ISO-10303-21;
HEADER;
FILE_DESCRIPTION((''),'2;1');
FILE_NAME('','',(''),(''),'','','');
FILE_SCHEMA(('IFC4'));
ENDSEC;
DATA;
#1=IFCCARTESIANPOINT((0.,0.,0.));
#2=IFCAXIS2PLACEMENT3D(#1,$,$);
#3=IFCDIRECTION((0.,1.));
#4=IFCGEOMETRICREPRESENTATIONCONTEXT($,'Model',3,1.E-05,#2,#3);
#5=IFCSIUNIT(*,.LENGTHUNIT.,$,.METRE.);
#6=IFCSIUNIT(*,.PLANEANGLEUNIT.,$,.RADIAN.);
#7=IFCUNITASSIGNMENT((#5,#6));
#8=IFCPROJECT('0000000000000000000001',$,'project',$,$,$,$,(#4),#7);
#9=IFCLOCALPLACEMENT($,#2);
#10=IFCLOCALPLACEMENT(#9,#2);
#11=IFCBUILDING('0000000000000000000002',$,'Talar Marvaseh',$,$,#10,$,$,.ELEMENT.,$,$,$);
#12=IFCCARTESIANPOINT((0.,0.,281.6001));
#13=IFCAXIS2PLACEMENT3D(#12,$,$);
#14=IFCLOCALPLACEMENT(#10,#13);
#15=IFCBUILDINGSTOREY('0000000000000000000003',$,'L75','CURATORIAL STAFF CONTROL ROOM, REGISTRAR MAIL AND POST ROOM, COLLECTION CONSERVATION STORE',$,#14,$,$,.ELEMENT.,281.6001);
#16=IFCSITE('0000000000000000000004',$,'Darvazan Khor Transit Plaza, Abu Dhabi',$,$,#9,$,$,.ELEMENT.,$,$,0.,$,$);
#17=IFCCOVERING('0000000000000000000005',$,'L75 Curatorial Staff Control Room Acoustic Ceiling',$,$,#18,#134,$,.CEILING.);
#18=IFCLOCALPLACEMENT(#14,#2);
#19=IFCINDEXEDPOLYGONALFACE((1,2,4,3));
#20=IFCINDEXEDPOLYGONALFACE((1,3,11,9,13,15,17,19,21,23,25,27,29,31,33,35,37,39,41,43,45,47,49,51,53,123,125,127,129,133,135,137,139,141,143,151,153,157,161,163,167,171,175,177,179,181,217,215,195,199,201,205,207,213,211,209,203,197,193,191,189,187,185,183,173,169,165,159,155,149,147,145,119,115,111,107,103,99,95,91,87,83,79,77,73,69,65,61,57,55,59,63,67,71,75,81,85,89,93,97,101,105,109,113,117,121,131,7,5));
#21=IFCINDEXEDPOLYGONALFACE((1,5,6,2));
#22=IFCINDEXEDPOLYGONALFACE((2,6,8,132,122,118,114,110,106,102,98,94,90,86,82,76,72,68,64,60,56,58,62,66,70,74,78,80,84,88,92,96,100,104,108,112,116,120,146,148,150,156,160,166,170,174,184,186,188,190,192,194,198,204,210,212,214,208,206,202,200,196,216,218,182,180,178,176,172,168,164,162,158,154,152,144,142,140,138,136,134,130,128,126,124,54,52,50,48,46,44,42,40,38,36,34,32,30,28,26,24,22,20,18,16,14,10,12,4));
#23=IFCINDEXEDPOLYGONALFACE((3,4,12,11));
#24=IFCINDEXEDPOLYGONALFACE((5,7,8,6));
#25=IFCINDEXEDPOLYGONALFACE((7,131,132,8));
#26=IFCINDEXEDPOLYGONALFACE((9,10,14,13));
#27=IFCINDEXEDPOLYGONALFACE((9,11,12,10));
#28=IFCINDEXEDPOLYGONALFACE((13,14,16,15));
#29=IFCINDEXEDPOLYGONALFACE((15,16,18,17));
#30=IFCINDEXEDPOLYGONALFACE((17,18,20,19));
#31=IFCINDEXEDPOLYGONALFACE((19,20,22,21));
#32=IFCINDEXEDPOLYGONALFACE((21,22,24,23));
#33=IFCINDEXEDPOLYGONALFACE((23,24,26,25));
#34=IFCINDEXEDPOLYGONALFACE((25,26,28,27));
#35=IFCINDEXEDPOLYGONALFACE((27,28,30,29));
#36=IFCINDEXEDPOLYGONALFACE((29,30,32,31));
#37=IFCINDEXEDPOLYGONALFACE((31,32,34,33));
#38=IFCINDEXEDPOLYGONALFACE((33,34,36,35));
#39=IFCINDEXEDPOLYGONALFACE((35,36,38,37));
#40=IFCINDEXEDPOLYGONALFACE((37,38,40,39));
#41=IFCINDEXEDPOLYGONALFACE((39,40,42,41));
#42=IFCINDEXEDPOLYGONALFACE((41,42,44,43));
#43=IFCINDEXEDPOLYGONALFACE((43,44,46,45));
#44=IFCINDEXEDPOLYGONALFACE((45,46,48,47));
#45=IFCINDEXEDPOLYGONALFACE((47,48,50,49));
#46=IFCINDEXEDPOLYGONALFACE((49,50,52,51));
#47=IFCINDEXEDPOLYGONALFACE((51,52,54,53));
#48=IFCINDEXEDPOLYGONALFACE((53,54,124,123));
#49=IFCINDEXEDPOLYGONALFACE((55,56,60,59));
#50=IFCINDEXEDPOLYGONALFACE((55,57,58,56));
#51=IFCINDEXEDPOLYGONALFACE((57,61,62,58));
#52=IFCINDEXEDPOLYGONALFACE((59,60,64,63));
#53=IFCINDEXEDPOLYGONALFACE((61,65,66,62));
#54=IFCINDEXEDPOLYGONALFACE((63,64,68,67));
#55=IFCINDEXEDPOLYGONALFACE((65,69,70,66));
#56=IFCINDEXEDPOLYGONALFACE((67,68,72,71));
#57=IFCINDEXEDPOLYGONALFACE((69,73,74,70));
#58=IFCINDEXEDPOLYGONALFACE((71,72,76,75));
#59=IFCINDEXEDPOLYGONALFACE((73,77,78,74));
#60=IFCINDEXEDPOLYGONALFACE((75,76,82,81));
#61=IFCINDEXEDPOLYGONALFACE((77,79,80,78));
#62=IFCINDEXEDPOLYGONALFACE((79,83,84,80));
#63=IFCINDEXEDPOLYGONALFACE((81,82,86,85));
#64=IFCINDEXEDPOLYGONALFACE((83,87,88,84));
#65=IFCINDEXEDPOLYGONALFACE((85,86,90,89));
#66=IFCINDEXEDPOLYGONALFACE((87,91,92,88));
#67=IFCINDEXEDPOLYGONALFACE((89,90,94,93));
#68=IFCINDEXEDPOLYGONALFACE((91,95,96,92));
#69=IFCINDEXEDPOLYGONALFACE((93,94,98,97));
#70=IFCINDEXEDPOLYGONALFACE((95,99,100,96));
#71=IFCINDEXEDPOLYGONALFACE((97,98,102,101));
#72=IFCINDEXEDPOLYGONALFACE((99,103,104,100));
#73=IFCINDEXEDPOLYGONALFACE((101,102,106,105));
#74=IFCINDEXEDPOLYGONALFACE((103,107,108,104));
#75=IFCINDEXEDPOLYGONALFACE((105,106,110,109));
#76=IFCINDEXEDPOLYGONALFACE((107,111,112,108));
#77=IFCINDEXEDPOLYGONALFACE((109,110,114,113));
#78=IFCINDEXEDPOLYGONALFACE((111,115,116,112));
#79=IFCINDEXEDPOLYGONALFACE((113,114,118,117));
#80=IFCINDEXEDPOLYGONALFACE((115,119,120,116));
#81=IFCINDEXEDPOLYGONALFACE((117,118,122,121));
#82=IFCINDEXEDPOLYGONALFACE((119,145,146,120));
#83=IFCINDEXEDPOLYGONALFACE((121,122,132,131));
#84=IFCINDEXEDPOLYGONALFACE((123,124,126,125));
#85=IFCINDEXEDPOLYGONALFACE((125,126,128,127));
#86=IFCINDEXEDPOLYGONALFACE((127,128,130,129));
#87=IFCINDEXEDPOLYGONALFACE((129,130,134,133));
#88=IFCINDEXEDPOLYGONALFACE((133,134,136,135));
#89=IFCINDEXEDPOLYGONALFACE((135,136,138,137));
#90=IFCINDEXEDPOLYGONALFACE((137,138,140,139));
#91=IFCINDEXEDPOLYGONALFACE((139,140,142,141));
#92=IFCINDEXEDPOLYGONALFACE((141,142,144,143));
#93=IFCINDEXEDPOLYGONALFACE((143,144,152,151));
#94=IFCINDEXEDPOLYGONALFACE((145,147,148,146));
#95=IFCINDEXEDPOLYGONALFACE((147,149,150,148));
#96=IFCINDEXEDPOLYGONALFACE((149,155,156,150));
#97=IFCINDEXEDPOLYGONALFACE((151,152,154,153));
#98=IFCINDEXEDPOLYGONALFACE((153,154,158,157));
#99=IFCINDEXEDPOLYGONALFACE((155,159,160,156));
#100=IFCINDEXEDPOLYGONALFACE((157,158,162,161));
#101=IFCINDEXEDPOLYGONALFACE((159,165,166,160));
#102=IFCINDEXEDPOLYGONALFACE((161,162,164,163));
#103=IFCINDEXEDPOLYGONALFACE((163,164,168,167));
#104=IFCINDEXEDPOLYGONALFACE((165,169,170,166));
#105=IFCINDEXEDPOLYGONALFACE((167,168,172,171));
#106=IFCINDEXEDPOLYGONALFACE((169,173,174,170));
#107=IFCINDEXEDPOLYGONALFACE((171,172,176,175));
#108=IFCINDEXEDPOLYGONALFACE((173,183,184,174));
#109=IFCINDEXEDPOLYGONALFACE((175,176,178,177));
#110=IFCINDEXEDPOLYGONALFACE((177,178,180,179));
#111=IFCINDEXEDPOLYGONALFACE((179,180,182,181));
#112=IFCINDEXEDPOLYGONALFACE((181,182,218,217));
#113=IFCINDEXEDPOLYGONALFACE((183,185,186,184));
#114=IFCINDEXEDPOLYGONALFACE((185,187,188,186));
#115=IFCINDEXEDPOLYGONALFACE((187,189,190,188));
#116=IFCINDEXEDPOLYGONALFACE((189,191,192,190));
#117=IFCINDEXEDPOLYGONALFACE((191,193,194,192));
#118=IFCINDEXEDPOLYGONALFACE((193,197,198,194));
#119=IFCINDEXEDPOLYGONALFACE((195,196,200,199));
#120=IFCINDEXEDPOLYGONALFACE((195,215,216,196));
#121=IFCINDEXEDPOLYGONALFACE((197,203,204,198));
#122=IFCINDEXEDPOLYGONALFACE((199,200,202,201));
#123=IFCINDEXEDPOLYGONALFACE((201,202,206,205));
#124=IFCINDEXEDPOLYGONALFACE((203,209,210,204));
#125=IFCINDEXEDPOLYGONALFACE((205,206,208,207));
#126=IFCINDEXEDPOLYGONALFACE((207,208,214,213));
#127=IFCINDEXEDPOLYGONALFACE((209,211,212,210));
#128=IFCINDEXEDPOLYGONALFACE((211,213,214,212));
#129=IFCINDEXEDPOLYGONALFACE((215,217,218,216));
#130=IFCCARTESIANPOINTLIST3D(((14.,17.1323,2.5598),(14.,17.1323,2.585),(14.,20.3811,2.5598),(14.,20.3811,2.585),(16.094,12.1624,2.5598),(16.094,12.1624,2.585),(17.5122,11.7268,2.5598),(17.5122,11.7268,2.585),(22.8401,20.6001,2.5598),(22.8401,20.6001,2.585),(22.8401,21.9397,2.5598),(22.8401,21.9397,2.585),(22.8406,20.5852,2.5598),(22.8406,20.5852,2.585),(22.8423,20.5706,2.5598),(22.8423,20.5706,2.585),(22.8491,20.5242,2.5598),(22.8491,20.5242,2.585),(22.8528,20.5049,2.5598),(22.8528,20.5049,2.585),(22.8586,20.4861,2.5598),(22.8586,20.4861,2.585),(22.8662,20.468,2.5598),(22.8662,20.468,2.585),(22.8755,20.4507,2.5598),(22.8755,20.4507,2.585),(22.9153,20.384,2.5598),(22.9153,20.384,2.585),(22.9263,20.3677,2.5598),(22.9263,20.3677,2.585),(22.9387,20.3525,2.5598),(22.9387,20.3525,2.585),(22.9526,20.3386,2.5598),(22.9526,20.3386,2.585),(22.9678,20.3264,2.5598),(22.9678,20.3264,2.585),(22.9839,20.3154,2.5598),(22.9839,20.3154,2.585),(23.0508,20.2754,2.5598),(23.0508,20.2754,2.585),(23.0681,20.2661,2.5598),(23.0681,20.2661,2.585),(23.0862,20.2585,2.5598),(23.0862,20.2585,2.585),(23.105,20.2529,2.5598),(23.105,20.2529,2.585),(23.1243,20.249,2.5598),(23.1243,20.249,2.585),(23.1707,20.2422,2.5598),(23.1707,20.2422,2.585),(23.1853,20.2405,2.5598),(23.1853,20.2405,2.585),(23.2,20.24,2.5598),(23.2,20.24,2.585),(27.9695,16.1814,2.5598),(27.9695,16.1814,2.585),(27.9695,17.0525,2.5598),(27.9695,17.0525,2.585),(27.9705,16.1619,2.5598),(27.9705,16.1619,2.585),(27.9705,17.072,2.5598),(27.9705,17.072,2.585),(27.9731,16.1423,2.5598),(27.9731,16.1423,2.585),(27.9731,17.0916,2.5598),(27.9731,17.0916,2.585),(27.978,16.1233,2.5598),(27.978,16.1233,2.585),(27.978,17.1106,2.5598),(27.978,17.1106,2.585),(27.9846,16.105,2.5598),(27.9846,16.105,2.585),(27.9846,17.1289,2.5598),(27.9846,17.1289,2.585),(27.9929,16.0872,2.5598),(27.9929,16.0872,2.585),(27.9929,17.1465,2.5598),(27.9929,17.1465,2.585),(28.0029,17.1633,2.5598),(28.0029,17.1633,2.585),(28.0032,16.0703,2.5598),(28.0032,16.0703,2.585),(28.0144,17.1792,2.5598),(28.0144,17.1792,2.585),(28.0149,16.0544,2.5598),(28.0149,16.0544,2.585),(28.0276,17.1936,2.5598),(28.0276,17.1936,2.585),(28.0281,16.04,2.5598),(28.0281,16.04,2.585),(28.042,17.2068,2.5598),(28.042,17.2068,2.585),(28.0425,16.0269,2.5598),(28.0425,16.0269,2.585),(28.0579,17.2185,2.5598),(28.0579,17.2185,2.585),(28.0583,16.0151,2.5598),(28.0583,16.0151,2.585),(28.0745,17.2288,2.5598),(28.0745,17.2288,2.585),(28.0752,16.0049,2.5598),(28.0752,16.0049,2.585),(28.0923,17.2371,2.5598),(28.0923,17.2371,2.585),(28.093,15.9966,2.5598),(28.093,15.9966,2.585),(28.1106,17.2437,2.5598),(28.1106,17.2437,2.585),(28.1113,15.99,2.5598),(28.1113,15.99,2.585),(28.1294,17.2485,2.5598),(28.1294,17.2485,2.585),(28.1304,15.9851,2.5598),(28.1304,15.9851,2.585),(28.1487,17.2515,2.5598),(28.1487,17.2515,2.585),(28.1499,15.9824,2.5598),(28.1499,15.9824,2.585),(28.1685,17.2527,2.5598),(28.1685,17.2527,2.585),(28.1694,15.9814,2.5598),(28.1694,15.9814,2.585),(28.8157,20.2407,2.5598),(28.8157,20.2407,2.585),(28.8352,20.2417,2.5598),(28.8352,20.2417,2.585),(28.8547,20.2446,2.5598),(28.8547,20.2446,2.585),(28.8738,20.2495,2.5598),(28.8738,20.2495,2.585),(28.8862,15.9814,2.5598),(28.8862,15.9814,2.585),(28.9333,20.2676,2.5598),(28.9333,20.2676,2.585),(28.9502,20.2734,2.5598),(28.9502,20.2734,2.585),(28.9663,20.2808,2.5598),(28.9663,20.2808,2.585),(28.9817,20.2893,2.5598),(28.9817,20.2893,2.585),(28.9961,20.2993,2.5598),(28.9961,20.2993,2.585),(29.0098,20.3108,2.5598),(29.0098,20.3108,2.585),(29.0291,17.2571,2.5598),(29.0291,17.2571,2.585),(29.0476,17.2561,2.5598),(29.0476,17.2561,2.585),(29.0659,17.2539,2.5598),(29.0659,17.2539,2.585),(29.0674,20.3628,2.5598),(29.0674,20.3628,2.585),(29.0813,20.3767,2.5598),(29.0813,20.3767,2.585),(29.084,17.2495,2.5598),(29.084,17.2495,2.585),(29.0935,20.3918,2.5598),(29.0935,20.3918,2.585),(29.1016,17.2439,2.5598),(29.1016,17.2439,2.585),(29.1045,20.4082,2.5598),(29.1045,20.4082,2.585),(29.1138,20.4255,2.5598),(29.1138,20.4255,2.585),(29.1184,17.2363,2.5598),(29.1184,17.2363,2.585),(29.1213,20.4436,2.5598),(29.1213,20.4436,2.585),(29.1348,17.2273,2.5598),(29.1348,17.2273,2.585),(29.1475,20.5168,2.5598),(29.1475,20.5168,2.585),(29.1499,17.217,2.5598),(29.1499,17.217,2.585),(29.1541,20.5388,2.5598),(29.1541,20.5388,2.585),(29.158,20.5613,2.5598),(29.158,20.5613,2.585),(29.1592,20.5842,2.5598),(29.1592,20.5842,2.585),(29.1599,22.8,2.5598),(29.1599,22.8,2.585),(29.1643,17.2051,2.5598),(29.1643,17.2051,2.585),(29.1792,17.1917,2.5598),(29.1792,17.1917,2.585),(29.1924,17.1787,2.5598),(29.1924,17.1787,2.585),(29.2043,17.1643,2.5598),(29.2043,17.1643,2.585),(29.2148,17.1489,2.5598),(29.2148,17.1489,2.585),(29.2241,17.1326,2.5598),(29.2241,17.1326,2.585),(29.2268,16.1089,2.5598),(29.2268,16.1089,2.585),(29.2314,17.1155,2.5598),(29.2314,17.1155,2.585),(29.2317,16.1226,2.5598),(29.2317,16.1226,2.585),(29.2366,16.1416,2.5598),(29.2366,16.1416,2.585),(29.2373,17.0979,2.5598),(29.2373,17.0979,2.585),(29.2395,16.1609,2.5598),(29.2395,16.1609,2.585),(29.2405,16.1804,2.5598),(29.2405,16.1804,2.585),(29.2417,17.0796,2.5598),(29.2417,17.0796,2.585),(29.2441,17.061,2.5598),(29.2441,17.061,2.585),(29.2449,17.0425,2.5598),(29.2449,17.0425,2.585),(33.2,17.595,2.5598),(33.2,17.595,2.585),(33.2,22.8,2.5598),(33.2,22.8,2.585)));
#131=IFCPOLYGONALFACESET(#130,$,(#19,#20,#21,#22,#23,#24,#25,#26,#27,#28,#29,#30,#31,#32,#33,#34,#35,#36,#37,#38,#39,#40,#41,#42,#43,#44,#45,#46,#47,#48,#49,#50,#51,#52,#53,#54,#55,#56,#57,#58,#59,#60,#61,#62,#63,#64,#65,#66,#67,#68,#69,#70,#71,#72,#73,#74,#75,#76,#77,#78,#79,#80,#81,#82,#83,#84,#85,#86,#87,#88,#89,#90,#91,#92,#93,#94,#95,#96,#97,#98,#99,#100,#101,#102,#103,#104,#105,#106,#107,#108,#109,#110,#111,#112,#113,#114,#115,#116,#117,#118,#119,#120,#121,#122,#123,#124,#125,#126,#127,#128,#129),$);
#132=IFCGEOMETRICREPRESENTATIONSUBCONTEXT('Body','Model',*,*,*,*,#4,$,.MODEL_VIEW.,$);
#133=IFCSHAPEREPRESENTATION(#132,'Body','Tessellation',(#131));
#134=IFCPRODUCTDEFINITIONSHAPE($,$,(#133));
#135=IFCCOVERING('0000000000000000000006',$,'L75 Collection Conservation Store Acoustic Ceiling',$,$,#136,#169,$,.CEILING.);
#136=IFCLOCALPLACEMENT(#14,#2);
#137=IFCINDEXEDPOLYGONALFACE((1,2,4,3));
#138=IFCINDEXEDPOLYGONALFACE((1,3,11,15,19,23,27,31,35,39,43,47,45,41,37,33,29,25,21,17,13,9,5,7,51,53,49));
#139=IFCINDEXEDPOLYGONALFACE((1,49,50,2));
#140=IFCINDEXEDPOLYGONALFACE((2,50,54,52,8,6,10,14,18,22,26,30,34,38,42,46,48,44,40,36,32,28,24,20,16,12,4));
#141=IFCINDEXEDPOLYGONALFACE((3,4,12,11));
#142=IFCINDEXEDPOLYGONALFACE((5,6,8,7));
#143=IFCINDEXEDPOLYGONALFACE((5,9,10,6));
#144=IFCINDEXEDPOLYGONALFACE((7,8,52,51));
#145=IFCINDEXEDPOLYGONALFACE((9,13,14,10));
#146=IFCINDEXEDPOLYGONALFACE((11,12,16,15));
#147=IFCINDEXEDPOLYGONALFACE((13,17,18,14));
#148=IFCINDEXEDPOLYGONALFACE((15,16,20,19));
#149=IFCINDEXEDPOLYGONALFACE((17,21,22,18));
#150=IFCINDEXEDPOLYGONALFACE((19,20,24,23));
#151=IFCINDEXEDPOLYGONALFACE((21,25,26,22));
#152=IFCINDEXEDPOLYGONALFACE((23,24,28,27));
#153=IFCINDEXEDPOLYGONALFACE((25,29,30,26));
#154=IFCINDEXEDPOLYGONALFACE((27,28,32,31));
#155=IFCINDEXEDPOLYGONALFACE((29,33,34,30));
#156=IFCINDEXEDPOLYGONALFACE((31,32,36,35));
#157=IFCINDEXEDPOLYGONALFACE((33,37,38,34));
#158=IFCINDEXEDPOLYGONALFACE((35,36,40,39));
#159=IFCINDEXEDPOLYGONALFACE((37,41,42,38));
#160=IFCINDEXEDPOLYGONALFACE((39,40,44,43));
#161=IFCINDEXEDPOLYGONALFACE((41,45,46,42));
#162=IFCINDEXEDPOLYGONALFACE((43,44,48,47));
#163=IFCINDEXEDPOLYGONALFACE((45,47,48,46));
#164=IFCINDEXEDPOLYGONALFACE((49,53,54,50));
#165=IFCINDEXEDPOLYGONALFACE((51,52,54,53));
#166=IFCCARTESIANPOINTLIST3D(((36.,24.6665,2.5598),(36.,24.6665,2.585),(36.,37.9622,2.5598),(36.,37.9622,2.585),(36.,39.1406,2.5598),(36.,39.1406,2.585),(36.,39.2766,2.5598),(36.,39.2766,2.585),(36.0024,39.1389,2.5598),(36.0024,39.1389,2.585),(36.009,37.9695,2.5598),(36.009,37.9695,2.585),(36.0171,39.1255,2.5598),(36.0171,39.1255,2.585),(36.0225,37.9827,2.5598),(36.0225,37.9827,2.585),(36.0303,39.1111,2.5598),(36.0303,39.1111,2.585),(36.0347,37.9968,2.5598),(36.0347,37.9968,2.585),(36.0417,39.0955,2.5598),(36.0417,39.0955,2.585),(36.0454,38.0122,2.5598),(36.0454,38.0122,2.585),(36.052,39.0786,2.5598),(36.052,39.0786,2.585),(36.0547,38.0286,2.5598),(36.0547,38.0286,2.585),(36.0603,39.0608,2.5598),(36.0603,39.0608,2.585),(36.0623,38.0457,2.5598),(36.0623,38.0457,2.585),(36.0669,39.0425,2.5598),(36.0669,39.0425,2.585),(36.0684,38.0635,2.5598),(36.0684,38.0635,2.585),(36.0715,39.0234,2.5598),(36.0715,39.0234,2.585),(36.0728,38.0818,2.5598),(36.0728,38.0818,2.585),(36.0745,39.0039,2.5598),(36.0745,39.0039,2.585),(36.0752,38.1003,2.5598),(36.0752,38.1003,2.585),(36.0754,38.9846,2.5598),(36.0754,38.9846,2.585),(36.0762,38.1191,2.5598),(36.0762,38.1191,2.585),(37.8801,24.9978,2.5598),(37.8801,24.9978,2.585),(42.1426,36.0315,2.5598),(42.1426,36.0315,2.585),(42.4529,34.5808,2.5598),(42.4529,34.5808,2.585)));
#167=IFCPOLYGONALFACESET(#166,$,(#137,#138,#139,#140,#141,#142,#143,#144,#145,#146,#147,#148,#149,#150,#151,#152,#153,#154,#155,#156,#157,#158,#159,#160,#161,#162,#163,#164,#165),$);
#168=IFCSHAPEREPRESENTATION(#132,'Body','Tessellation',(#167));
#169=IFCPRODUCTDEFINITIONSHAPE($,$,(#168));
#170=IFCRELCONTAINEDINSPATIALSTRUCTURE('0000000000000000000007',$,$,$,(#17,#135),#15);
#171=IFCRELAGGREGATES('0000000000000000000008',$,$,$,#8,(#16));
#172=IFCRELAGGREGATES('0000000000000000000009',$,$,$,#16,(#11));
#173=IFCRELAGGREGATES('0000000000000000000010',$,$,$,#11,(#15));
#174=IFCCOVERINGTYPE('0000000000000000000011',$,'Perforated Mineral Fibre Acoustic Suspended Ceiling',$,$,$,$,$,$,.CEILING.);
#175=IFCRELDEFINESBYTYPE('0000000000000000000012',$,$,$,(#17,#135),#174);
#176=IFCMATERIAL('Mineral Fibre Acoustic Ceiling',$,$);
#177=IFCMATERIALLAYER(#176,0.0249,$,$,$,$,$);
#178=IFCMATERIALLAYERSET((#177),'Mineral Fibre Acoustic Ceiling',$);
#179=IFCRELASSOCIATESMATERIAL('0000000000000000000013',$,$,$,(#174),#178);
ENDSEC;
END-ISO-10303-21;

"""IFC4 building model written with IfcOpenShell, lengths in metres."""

from ifc_helpers import new_model, si_unit, direction, frame, origin, place, context, subcontext, project, spatial, polyline, outline, extrude, material, layer, layer_set, type_object, element, save


model = new_model("IFC4")

# Units and contexts
model_context = context("Model", 3, precision=1e-05, world=origin(), true_north=direction((0.0, 1.0)))
body_context = subcontext(model_context, "Body", "Model", "MODEL_VIEW")
ifc_project = project(units=[si_unit("LENGTHUNIT", "METRE"), si_unit("PLANEANGLEUNIT", "RADIAN")], contexts=[model_context])

# Site, building, storey
site_placement = place(None, origin())
site = spatial("IfcSite", under=ifc_project, at=site_placement, Name="Darvazan Khor Transit Plaza, Abu Dhabi", CompositionType="ELEMENT", RefElevation=0.0)
building_placement = place(site_placement, origin())
building = spatial("IfcBuilding", under=site, at=building_placement, Name="Talar Marvaseh", CompositionType="ELEMENT")
storey_placement = place(building_placement, frame((0.0, 0.0, 281.6001)))
storey = spatial("IfcBuildingStorey", under=building, at=storey_placement, Name="L75", Description="CURATORIAL STAFF CONTROL ROOM, REGISTRAR MAIL AND POST ROOM, COLLECTION CONSERVATION STORE", CompositionType="ELEMENT", Elevation=281.6001)

# Coverings
ifc_material_1 = material(Name="Mineral Fibre Acoustic Ceiling")
ifc_layer_1 = layer(ifc_material_1, 0.0249)
ifc_layer_set_1 = layer_set([ifc_layer_1], Name="Mineral Fibre Acoustic Ceiling")
covering_type_1 = type_object("IfcCoveringType", Name="Perforated Mineral Fibre Acoustic Suspended Ceiling", PredefinedType="CEILING", material=ifc_layer_set_1)
covering_1_placement = place(storey_placement, frame((0.0, 0.0, 2.5598)))
element("IfcCovering", 1, at=covering_1_placement, inside=storey, type_object=covering_type_1, Name="L75 Curatorial Staff Control Room Acoustic Ceiling", PredefinedType="CEILING", context=body_context, shape_type="SweptSolid", body=[
    extrude(outline(polyline([(22.8401, 20.6001), (22.8406, 20.5852), (22.8423, 20.5706), (22.8491, 20.5242), (22.8528, 20.5049), (22.8586, 20.4861), (22.8662, 20.468), (22.8755, 20.4507), (22.9153, 20.384), (22.9263, 20.3677), (22.9387, 20.3525), (22.9526, 20.3386), (22.9678, 20.3264), (22.9839, 20.3154), (23.0508, 20.2754), (23.0681, 20.2661), (23.0862, 20.2585), (23.105, 20.2529), (23.1243, 20.249), (23.1707, 20.2422), (23.1853, 20.2405), (23.2, 20.24), (28.8157, 20.2407), (28.8352, 20.2417), (28.8547, 20.2446), (28.8738, 20.2495), (28.9333, 20.2676), (28.9502, 20.2734), (28.9663, 20.2808), (28.9817, 20.2893), (28.9961, 20.2993), (29.0098, 20.3108), (29.0674, 20.3628), (29.0813, 20.3767), (29.0935, 20.3918), (29.1045, 20.4082), (29.1138, 20.4255), (29.1213, 20.4436), (29.1475, 20.5168), (29.1541, 20.5388), (29.158, 20.5613), (29.1592, 20.5842), (29.1599, 22.8), (33.2, 22.8), (33.2, 17.595), (29.2268, 16.1089), (29.2317, 16.1226), (29.2366, 16.1416), (29.2395, 16.1609), (29.2405, 16.1804), (29.2449, 17.0425), (29.2441, 17.061), (29.2417, 17.0796), (29.2373, 17.0979), (29.2314, 17.1155), (29.2241, 17.1326), (29.2148, 17.1489), (29.2043, 17.1643), (29.1924, 17.1787), (29.1792, 17.1917), (29.1643, 17.2051), (29.1499, 17.217), (29.1348, 17.2273), (29.1184, 17.2363), (29.1016, 17.2439), (29.084, 17.2495), (29.0659, 17.2539), (29.0476, 17.2561), (29.0291, 17.2571), (28.1685, 17.2527), (28.1487, 17.2515), (28.1294, 17.2485), (28.1106, 17.2437), (28.0923, 17.2371), (28.0745, 17.2288), (28.0579, 17.2185), (28.042, 17.2068), (28.0276, 17.1936), (28.0144, 17.1792), (28.0029, 17.1633), (27.9929, 17.1465), (27.9846, 17.1289), (27.978, 17.1106), (27.9731, 17.0916), (27.9705, 17.072), (27.9695, 17.0525), (27.9695, 16.1814), (27.9705, 16.1619), (27.9731, 16.1423), (27.978, 16.1233), (27.9846, 16.105), (27.9929, 16.0872), (28.0032, 16.0703), (28.0149, 16.0544), (28.0281, 16.04), (28.0425, 16.0269), (28.0583, 16.0151), (28.0752, 16.0049), (28.093, 15.9966), (28.1113, 15.99), (28.1304, 15.9851), (28.1499, 15.9824), (28.1694, 15.9814), (28.8862, 15.9814), (17.5122, 11.7268), (16.094, 12.1624), (14.0, 17.1323), (14.0, 20.3811), (22.8401, 21.9397), (22.8401, 20.6001)])), origin(), (0.0, 0.0, 1.0), 0.0251),
])
covering_2_placement = place(storey_placement, frame((0.0, 0.0, 2.5598)))
element("IfcCovering", 2, at=covering_2_placement, inside=storey, type_object=covering_type_1, Name="L75 Collection Conservation Store Acoustic Ceiling", PredefinedType="CEILING", context=body_context, shape_type="SweptSolid", body=[
    extrude(outline(polyline([(36.0225, 37.9827), (36.0347, 37.9968), (36.0454, 38.0122), (36.0547, 38.0286), (36.0623, 38.0457), (36.0684, 38.0635), (36.0728, 38.0818), (36.0752, 38.1003), (36.0762, 38.1191), (36.0754, 38.9846), (36.0745, 39.0039), (36.0715, 39.0234), (36.0669, 39.0425), (36.0603, 39.0608), (36.052, 39.0786), (36.0417, 39.0955), (36.0303, 39.1111), (36.0171, 39.1255), (36.0024, 39.1389), (36.0, 39.1406), (36.0, 39.2766), (42.1426, 36.0315), (42.4529, 34.5808), (37.8801, 24.9978), (36.0, 24.6665), (36.0, 37.9622), (36.009, 37.9695), (36.0225, 37.9827)])), origin(), (0.0, 0.0, 1.0), 0.0251),
])

save(model, "model.ifc")
